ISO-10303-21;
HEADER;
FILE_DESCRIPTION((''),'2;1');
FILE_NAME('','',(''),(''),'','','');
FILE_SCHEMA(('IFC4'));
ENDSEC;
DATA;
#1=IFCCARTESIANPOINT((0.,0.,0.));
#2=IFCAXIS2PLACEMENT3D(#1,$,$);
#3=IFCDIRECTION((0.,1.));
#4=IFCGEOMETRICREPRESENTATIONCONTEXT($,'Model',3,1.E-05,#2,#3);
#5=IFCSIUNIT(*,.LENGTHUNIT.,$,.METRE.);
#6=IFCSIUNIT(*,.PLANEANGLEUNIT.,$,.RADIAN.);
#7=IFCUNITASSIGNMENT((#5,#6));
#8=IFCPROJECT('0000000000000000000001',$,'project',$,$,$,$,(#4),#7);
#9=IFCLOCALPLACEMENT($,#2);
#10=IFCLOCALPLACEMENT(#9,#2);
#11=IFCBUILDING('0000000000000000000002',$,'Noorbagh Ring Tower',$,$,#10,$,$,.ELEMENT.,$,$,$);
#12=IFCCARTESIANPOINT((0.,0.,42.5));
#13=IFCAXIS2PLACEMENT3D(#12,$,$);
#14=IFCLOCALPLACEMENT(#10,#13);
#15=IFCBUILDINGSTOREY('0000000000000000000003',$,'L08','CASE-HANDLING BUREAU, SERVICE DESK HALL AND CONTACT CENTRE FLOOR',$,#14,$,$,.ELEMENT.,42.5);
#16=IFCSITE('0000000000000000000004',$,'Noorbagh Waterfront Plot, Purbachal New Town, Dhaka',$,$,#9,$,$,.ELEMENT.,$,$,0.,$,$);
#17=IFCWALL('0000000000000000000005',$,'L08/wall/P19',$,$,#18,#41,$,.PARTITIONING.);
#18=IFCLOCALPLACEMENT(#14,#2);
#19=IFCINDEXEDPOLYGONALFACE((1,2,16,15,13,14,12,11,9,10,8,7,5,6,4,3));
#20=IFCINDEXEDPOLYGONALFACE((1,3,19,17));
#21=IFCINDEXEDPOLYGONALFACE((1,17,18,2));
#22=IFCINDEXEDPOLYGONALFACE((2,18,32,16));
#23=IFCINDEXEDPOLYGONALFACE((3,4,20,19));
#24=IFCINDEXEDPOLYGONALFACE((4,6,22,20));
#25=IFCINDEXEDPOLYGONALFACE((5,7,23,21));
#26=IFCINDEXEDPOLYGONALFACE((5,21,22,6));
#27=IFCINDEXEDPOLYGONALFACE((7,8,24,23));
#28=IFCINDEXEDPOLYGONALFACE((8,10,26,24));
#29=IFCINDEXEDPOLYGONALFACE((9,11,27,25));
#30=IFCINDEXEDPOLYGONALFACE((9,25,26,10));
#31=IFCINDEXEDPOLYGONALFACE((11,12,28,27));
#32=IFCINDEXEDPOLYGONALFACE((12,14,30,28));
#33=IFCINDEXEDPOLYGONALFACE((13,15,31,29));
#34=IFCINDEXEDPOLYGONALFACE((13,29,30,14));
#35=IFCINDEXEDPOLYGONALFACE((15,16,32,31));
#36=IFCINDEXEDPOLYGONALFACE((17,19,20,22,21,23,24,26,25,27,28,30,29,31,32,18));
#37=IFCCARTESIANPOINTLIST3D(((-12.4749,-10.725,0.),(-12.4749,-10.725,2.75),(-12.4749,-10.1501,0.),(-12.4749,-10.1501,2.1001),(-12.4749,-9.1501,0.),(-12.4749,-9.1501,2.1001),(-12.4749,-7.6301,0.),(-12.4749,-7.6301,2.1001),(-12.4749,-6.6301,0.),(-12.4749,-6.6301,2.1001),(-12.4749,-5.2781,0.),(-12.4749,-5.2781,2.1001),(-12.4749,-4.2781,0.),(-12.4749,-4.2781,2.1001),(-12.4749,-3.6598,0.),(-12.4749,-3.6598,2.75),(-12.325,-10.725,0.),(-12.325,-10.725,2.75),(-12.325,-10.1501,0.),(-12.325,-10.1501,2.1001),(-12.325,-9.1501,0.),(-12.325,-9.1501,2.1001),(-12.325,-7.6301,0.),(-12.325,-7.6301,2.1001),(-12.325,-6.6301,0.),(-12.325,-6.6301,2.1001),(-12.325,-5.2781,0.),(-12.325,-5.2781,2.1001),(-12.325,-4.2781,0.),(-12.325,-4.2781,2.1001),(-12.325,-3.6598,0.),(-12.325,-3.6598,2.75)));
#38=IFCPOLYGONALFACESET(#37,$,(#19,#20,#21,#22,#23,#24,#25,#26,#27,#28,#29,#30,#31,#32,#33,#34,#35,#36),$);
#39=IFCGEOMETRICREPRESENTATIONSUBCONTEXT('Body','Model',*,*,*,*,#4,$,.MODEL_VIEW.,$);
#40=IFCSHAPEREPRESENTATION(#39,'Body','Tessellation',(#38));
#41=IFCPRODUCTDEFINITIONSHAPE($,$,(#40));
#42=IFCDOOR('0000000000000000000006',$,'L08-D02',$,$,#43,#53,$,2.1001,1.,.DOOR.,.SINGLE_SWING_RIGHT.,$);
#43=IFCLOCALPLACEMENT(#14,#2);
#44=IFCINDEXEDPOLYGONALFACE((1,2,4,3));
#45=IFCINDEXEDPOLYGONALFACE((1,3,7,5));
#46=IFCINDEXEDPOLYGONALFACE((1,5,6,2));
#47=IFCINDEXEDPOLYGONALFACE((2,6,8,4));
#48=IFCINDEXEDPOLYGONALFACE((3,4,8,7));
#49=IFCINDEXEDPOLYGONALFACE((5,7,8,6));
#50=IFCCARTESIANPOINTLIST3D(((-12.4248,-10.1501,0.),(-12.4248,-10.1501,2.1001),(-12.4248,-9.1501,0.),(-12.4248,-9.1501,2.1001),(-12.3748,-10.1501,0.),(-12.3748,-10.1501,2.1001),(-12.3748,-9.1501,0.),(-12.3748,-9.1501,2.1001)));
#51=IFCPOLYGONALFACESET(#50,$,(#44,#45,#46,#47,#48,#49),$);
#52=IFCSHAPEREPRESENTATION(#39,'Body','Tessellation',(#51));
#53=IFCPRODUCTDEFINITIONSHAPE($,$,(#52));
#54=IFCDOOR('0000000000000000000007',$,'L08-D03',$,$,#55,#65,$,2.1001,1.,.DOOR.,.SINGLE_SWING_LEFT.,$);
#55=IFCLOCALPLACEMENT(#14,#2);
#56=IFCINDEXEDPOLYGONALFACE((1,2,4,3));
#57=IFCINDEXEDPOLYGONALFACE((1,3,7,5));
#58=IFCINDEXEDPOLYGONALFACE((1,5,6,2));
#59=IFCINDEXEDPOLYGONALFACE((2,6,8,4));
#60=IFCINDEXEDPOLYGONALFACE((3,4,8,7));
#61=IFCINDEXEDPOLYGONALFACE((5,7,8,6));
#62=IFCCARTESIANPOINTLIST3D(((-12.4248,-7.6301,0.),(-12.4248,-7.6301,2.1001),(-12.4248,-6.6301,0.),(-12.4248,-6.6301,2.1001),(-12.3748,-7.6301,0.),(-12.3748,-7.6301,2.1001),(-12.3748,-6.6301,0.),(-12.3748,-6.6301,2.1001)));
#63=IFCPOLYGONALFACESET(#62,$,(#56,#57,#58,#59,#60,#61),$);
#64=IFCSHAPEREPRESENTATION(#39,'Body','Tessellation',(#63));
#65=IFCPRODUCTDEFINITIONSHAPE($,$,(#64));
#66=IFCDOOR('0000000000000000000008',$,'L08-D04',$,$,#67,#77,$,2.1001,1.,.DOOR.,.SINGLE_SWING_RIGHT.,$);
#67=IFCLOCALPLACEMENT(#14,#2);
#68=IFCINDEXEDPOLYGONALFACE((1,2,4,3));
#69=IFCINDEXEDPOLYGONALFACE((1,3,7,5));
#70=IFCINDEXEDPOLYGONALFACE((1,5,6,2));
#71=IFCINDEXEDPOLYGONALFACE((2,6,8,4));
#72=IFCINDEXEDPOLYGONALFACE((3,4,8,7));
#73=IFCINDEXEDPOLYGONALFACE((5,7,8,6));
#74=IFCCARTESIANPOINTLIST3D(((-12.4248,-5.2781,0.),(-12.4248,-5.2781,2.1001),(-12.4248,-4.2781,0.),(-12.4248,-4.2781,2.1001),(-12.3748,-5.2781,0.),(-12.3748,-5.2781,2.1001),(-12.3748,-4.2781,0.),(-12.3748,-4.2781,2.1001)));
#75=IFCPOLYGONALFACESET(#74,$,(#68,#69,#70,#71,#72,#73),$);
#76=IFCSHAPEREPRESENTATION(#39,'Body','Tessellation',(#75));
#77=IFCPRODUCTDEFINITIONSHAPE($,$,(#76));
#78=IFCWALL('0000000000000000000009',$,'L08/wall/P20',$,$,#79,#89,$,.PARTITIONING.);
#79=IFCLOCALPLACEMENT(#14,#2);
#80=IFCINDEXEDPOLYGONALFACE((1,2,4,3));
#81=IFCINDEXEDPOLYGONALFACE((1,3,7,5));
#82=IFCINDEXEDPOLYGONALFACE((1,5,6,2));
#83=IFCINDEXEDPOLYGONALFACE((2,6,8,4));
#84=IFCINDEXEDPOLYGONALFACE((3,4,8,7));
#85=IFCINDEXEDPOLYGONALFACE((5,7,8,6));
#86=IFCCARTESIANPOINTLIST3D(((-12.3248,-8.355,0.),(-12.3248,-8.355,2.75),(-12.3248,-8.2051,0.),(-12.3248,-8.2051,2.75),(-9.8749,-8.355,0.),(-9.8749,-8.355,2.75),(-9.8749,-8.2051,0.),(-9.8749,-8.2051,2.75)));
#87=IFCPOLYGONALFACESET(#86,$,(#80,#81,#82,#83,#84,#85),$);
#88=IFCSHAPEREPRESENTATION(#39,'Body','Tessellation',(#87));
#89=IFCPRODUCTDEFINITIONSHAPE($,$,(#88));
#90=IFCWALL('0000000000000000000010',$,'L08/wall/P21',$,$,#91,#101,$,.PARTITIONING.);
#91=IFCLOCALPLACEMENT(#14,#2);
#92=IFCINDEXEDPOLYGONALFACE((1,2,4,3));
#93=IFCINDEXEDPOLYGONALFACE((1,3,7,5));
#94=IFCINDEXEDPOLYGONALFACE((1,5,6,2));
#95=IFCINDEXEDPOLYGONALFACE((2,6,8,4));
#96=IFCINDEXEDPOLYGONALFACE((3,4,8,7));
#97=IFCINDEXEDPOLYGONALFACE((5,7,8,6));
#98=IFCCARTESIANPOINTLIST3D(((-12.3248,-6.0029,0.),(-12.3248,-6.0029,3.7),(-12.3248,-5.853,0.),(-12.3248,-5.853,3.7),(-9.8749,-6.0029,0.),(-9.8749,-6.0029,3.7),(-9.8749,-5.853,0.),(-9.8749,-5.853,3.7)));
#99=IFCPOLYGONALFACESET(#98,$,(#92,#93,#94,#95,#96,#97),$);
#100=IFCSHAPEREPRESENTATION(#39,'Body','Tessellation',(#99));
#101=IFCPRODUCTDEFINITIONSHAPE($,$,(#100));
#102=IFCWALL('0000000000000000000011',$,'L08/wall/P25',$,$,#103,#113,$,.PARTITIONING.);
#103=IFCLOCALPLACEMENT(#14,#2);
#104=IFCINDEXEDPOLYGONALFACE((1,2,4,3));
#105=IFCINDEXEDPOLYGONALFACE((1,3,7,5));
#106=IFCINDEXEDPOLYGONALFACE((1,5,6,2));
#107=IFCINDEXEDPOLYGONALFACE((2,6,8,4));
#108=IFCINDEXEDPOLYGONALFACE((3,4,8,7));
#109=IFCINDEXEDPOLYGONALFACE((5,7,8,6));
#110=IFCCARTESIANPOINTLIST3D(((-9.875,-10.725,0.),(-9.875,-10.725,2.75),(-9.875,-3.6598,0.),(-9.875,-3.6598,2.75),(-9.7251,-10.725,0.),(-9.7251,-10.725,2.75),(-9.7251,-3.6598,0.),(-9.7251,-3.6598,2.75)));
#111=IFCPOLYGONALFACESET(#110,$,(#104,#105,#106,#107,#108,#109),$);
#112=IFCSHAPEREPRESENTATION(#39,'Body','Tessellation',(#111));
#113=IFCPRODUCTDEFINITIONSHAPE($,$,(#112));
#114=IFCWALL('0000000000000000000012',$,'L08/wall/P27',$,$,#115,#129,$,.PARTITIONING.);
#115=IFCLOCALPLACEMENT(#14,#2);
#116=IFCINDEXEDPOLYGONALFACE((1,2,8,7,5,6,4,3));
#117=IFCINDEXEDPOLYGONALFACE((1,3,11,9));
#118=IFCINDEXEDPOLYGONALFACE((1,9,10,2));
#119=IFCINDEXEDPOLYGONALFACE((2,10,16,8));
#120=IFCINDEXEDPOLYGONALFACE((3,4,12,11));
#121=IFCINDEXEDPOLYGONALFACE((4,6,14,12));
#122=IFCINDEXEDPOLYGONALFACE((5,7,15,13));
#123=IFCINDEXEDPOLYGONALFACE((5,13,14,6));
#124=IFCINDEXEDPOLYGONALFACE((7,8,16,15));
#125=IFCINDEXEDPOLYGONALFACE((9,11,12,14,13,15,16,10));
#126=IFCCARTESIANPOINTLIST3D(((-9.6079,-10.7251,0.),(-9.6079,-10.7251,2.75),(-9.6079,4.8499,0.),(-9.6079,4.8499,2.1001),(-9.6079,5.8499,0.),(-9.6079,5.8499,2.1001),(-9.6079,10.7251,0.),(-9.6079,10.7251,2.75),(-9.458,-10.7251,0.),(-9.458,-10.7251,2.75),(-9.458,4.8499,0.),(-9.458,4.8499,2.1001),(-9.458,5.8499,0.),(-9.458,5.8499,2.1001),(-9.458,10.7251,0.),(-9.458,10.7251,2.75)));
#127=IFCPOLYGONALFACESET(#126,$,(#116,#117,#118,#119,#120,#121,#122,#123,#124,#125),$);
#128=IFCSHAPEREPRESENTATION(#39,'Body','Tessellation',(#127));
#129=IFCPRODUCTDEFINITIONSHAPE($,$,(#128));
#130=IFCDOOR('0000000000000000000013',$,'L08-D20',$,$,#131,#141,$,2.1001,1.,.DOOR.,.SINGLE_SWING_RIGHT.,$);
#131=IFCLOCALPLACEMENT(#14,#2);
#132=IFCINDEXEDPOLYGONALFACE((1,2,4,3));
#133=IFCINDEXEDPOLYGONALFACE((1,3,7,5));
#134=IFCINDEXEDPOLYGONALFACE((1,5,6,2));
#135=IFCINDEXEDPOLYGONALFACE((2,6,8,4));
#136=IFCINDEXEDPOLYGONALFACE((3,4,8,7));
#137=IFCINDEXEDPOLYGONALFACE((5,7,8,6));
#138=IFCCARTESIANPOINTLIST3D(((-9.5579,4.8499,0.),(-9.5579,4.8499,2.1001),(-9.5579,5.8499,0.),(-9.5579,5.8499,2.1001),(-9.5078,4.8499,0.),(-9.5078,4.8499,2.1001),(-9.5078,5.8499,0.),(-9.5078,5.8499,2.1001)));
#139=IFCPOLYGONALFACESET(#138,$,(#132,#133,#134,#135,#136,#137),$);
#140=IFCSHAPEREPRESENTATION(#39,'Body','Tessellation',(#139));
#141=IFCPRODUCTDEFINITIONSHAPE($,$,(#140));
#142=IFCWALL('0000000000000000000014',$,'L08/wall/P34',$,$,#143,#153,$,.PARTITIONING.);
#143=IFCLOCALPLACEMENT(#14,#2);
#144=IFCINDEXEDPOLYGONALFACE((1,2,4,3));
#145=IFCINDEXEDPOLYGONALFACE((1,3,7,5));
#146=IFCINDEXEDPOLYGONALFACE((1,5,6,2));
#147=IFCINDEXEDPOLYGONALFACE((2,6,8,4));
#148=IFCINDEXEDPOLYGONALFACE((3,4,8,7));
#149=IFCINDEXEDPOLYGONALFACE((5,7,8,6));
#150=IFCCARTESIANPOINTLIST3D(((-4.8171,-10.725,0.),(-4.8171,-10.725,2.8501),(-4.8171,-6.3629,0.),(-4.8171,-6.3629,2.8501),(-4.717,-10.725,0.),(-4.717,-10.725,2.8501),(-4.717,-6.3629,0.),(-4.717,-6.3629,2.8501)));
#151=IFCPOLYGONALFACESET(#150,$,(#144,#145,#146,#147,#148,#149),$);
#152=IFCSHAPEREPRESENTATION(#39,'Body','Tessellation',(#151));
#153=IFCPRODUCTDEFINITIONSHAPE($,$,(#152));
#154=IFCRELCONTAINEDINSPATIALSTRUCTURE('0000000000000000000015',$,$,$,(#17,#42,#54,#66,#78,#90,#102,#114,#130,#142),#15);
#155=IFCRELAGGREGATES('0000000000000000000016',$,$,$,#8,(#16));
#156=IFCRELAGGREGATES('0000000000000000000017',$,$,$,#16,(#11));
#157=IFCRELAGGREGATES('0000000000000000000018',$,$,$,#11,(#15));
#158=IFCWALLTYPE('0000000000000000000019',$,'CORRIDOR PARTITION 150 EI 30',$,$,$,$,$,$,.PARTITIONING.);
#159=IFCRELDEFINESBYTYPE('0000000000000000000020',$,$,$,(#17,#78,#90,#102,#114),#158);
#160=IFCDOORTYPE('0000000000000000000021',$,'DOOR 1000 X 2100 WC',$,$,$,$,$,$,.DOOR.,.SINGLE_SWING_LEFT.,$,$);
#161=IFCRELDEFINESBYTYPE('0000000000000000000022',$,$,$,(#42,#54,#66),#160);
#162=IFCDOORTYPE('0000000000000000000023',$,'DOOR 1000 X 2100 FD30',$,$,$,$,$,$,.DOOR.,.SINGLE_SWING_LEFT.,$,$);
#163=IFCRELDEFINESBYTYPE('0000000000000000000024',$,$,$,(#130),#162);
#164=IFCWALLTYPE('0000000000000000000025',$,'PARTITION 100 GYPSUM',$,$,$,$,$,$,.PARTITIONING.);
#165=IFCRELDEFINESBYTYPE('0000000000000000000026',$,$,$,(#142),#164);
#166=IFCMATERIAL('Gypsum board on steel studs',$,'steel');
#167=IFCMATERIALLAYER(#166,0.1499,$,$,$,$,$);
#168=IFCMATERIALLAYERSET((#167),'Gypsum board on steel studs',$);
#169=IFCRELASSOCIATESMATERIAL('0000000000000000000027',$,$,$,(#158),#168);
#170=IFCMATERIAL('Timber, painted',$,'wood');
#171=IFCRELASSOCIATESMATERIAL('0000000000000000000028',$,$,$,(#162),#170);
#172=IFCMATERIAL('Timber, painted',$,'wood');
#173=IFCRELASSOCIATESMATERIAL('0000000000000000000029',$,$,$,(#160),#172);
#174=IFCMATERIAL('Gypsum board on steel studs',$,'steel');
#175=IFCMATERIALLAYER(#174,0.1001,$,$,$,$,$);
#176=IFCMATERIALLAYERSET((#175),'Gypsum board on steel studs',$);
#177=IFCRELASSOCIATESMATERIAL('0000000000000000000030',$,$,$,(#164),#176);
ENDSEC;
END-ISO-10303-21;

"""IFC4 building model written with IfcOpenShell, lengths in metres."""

from ifc_helpers import new_model, si_unit, direction, frame, frame_2d, origin, place, context, subcontext, project, spatial, rectangle, extrude, material, layer, layer_set, type_object, element, fill, save


model = new_model("IFC4")

# Units and contexts
model_context = context("Model", 3, precision=1e-05, world=origin(), true_north=direction((0.0, 1.0)))
body_context = subcontext(model_context, "Body", "Model", "MODEL_VIEW")
ifc_project = project(units=[si_unit("LENGTHUNIT", "METRE"), si_unit("PLANEANGLEUNIT", "RADIAN")], contexts=[model_context])

# Site, building, storey
site_placement = place(None, origin())
site = spatial("IfcSite", under=ifc_project, at=site_placement, Name="Noorbagh Waterfront Plot, Purbachal New Town, Dhaka", CompositionType="ELEMENT", RefElevation=0.0)
building_placement = place(site_placement, origin())
building = spatial("IfcBuilding", under=site, at=building_placement, Name="Noorbagh Ring Tower", CompositionType="ELEMENT")
storey_placement = place(building_placement, frame((0.0, 0.0, 42.5)))
storey = spatial("IfcBuildingStorey", under=building, at=storey_placement, Name="L08", Description="CASE-HANDLING BUREAU, SERVICE DESK HALL AND CONTACT CENTRE FLOOR", CompositionType="ELEMENT", Elevation=42.5)

# Wall, openings, doors
ifc_material_1 = material(Name="Gypsum board on steel studs", Category="steel")
ifc_layer_1 = layer(ifc_material_1, 0.1499)
ifc_layer_set_1 = layer_set([ifc_layer_1], Name="Gypsum board on steel studs")
wall_type_1 = type_object("IfcWallType", Name="CORRIDOR PARTITION 150 EI 30", PredefinedType="PARTITIONING", material=ifc_layer_set_1)
ifc_material_2 = material(Name="Timber, painted", Category="wood")
door_type_1 = type_object("IfcDoorType", Name="DOOR 1000 X 2100 FD30", OperationType="SINGLE_SWING_LEFT", PredefinedType="DOOR", material=ifc_material_2)
wall_1_placement = place(storey_placement, frame((-12.3999, -10.7251, 0.0), z_axis=(0.0, 0.0, 1.0), x_axis=(0.0, 1.0, 0.0)))
wall_1 = element("IfcWall", 1, at=wall_1_placement, inside=storey, type_object=wall_type_1, Name="L08/wall/P19", PredefinedType="PARTITIONING", context=body_context, shape_type="SweptSolid", body=[
    extrude(rectangle(XDim=7.0652, YDim=0.1499, at=frame_2d((3.5327, 0.0))), origin(), (0.0, 0.0, 1.0), 2.75),
])
opening_1_placement = place(wall_1_placement, frame((0.575, 0.0, 0.0)))
opening_1 = element("IfcOpeningElement", 2, at=opening_1_placement, cuts=wall_1, PredefinedType="OPENING", context=body_context, shape_type="SweptSolid", body=[
    extrude(rectangle(XDim=1.0, YDim=2.1001, at=frame_2d((0.5, 1.05))), frame((0.0, 0.085, 0.0), z_axis=(0.0, -1.0, 0.0), x_axis=(1.0, 0.0, 0.0)), (0.0, 0.0, 1.0), 0.1699),
])
opening_2_placement = place(wall_1_placement, frame((3.095, 0.0, 0.0)))
opening_2 = element("IfcOpeningElement", 3, at=opening_2_placement, cuts=wall_1, PredefinedType="OPENING", context=body_context, shape_type="SweptSolid", body=[
    extrude(rectangle(XDim=1.0, YDim=2.1001, at=frame_2d((0.5, 1.05))), frame((0.0, 0.085, 0.0), z_axis=(0.0, -1.0, 0.0), x_axis=(1.0, 0.0, 0.0)), (0.0, 0.0, 1.0), 0.1699),
])
opening_3_placement = place(wall_1_placement, frame((5.447, 0.0, 0.0)))
opening_3 = element("IfcOpeningElement", 4, at=opening_3_placement, cuts=wall_1, PredefinedType="OPENING", context=body_context, shape_type="SweptSolid", body=[
    extrude(rectangle(XDim=1.0, YDim=2.1001, at=frame_2d((0.5, 1.05))), frame((0.0, 0.085, 0.0), z_axis=(0.0, -1.0, 0.0), x_axis=(1.0, 0.0, 0.0)), (0.0, 0.0, 1.0), 0.1699),
])
ifc_material_3 = material(Name="Timber, painted", Category="wood")
door_type_2 = type_object("IfcDoorType", Name="DOOR 1000 X 2100 WC", OperationType="SINGLE_SWING_LEFT", PredefinedType="DOOR", material=ifc_material_3)
door_1_placement = place(opening_1_placement, origin())
door_1 = element("IfcDoor", 5, at=door_1_placement, inside=storey, type_object=door_type_2, Name="L08-D02", OperationType="SINGLE_SWING_RIGHT", OverallHeight=2.1001, OverallWidth=1.0, PredefinedType="DOOR", context=body_context, shape_type="SweptSolid", body=[
    extrude(rectangle(XDim=1.0, YDim=2.1001, at=frame_2d((0.5, 1.05))), frame((0.0, 0.0249, 0.0), z_axis=(0.0, -1.0, 0.0), x_axis=(1.0, 0.0, 0.0)), (0.0, 0.0, 1.0), 0.05),
])
fill(opening_1, door_1)
door_2_placement = place(opening_2_placement, origin())
door_2 = element("IfcDoor", 6, at=door_2_placement, inside=storey, type_object=door_type_2, Name="L08-D03", OperationType="SINGLE_SWING_LEFT", OverallHeight=2.1001, OverallWidth=1.0, PredefinedType="DOOR", context=body_context, shape_type="SweptSolid", body=[
    extrude(rectangle(XDim=1.0, YDim=2.1001, at=frame_2d((0.5, 1.05))), frame((0.0, 0.0249, 0.0), z_axis=(0.0, -1.0, 0.0), x_axis=(1.0, 0.0, 0.0)), (0.0, 0.0, 1.0), 0.05),
])
fill(opening_2, door_2)
door_3_placement = place(opening_3_placement, origin())
door_3 = element("IfcDoor", 7, at=door_3_placement, inside=storey, type_object=door_type_2, Name="L08-D04", OperationType="SINGLE_SWING_RIGHT", OverallHeight=2.1001, OverallWidth=1.0, PredefinedType="DOOR", context=body_context, shape_type="SweptSolid", body=[
    extrude(rectangle(XDim=1.0, YDim=2.1001, at=frame_2d((0.5, 1.05))), frame((0.0, 0.0249, 0.0), z_axis=(0.0, -1.0, 0.0), x_axis=(1.0, 0.0, 0.0)), (0.0, 0.0, 1.0), 0.05),
])
fill(opening_3, door_3)

# Walls
wall_2_placement = place(storey_placement, frame((-12.325, -8.28, 0.0), z_axis=(0.0, 0.0, 1.0), x_axis=(1.0, 0.0, 0.0)))
element("IfcWall", 8, at=wall_2_placement, inside=storey, type_object=wall_type_1, Name="L08/wall/P20", PredefinedType="PARTITIONING", context=body_context, shape_type="SweptSolid", body=[
    extrude(rectangle(XDim=2.45, YDim=0.1499, at=frame_2d((1.2251, 0.0))), origin(), (0.0, 0.0, 1.0), 2.75),
])
wall_3_placement = place(storey_placement, frame((-12.325, -5.928, 0.0), z_axis=(0.0, 0.0, 1.0), x_axis=(1.0, 0.0, 0.0)))
element("IfcWall", 9, at=wall_3_placement, inside=storey, type_object=wall_type_1, Name="L08/wall/P21", PredefinedType="PARTITIONING", context=body_context, shape_type="SweptSolid", body=[
    extrude(rectangle(XDim=2.45, YDim=0.1499, at=frame_2d((1.2251, 0.0))), origin(), (0.0, 0.0, 1.0), 3.7),
])
wall_4_placement = place(storey_placement, frame((-9.8, -10.7251, 0.0), z_axis=(0.0, 0.0, 1.0), x_axis=(0.0, 1.0, 0.0)))
element("IfcWall", 10, at=wall_4_placement, inside=storey, type_object=wall_type_1, Name="L08/wall/P25", PredefinedType="PARTITIONING", context=body_context, shape_type="SweptSolid", body=[
    extrude(rectangle(XDim=7.0652, YDim=0.1499, at=frame_2d((3.5327, 0.0))), origin(), (0.0, 0.0, 1.0), 2.75),
])

# Wall, opening, door
wall_5_placement = place(storey_placement, frame((-9.533, -10.7251, 0.0), z_axis=(0.0, 0.0, 1.0), x_axis=(0.0, 1.0, 0.0)))
wall_5 = element("IfcWall", 11, at=wall_5_placement, inside=storey, type_object=wall_type_1, Name="L08/wall/P27", PredefinedType="PARTITIONING", context=body_context, shape_type="SweptSolid", body=[
    extrude(rectangle(XDim=21.4502, YDim=0.1499, at=frame_2d((10.7251, 0.0))), origin(), (0.0, 0.0, 1.0), 2.75),
])
opening_4_placement = place(wall_5_placement, frame((15.575, 0.0, 0.0)))
opening_4 = element("IfcOpeningElement", 12, at=opening_4_placement, cuts=wall_5, PredefinedType="OPENING", context=body_context, shape_type="SweptSolid", body=[
    extrude(rectangle(XDim=1.0, YDim=2.1001, at=frame_2d((0.5, 1.05))), frame((0.0, 0.085, 0.0), z_axis=(0.0, -1.0, 0.0), x_axis=(1.0, 0.0, 0.0)), (0.0, 0.0, 1.0), 0.1699),
])
door_4_placement = place(opening_4_placement, origin())
door_4 = element("IfcDoor", 13, at=door_4_placement, inside=storey, type_object=door_type_1, Name="L08-D20", OperationType="SINGLE_SWING_RIGHT", OverallHeight=2.1001, OverallWidth=1.0, PredefinedType="DOOR", context=body_context, shape_type="SweptSolid", body=[
    extrude(rectangle(XDim=1.0, YDim=2.1001, at=frame_2d((0.5, 1.05))), frame((0.0, 0.0249, 0.0), z_axis=(0.0, -1.0, 0.0), x_axis=(1.0, 0.0, 0.0)), (0.0, 0.0, 1.0), 0.05),
])
fill(opening_4, door_4)

# Wall
ifc_material_4 = material(Name="Gypsum board on steel studs", Category="steel")
ifc_layer_2 = layer(ifc_material_4, 0.1001)
ifc_layer_set_2 = layer_set([ifc_layer_2], Name="Gypsum board on steel studs")
wall_type_2 = type_object("IfcWallType", Name="PARTITION 100 GYPSUM", PredefinedType="PARTITIONING", material=ifc_layer_set_2)
wall_6_placement = place(storey_placement, frame((-4.7671, -10.7251, 0.0), z_axis=(0.0, 0.0, 1.0), x_axis=(0.0, 1.0, 0.0)))
element("IfcWall", 14, at=wall_6_placement, inside=storey, type_object=wall_type_2, Name="L08/wall/P34", PredefinedType="PARTITIONING", context=body_context, shape_type="SweptSolid", body=[
    extrude(rectangle(XDim=4.3621, YDim=0.1001, at=frame_2d((2.1812, 0.0))), origin(), (0.0, 0.0, 1.0), 2.8501),
])

save(model, "model.ifc")
